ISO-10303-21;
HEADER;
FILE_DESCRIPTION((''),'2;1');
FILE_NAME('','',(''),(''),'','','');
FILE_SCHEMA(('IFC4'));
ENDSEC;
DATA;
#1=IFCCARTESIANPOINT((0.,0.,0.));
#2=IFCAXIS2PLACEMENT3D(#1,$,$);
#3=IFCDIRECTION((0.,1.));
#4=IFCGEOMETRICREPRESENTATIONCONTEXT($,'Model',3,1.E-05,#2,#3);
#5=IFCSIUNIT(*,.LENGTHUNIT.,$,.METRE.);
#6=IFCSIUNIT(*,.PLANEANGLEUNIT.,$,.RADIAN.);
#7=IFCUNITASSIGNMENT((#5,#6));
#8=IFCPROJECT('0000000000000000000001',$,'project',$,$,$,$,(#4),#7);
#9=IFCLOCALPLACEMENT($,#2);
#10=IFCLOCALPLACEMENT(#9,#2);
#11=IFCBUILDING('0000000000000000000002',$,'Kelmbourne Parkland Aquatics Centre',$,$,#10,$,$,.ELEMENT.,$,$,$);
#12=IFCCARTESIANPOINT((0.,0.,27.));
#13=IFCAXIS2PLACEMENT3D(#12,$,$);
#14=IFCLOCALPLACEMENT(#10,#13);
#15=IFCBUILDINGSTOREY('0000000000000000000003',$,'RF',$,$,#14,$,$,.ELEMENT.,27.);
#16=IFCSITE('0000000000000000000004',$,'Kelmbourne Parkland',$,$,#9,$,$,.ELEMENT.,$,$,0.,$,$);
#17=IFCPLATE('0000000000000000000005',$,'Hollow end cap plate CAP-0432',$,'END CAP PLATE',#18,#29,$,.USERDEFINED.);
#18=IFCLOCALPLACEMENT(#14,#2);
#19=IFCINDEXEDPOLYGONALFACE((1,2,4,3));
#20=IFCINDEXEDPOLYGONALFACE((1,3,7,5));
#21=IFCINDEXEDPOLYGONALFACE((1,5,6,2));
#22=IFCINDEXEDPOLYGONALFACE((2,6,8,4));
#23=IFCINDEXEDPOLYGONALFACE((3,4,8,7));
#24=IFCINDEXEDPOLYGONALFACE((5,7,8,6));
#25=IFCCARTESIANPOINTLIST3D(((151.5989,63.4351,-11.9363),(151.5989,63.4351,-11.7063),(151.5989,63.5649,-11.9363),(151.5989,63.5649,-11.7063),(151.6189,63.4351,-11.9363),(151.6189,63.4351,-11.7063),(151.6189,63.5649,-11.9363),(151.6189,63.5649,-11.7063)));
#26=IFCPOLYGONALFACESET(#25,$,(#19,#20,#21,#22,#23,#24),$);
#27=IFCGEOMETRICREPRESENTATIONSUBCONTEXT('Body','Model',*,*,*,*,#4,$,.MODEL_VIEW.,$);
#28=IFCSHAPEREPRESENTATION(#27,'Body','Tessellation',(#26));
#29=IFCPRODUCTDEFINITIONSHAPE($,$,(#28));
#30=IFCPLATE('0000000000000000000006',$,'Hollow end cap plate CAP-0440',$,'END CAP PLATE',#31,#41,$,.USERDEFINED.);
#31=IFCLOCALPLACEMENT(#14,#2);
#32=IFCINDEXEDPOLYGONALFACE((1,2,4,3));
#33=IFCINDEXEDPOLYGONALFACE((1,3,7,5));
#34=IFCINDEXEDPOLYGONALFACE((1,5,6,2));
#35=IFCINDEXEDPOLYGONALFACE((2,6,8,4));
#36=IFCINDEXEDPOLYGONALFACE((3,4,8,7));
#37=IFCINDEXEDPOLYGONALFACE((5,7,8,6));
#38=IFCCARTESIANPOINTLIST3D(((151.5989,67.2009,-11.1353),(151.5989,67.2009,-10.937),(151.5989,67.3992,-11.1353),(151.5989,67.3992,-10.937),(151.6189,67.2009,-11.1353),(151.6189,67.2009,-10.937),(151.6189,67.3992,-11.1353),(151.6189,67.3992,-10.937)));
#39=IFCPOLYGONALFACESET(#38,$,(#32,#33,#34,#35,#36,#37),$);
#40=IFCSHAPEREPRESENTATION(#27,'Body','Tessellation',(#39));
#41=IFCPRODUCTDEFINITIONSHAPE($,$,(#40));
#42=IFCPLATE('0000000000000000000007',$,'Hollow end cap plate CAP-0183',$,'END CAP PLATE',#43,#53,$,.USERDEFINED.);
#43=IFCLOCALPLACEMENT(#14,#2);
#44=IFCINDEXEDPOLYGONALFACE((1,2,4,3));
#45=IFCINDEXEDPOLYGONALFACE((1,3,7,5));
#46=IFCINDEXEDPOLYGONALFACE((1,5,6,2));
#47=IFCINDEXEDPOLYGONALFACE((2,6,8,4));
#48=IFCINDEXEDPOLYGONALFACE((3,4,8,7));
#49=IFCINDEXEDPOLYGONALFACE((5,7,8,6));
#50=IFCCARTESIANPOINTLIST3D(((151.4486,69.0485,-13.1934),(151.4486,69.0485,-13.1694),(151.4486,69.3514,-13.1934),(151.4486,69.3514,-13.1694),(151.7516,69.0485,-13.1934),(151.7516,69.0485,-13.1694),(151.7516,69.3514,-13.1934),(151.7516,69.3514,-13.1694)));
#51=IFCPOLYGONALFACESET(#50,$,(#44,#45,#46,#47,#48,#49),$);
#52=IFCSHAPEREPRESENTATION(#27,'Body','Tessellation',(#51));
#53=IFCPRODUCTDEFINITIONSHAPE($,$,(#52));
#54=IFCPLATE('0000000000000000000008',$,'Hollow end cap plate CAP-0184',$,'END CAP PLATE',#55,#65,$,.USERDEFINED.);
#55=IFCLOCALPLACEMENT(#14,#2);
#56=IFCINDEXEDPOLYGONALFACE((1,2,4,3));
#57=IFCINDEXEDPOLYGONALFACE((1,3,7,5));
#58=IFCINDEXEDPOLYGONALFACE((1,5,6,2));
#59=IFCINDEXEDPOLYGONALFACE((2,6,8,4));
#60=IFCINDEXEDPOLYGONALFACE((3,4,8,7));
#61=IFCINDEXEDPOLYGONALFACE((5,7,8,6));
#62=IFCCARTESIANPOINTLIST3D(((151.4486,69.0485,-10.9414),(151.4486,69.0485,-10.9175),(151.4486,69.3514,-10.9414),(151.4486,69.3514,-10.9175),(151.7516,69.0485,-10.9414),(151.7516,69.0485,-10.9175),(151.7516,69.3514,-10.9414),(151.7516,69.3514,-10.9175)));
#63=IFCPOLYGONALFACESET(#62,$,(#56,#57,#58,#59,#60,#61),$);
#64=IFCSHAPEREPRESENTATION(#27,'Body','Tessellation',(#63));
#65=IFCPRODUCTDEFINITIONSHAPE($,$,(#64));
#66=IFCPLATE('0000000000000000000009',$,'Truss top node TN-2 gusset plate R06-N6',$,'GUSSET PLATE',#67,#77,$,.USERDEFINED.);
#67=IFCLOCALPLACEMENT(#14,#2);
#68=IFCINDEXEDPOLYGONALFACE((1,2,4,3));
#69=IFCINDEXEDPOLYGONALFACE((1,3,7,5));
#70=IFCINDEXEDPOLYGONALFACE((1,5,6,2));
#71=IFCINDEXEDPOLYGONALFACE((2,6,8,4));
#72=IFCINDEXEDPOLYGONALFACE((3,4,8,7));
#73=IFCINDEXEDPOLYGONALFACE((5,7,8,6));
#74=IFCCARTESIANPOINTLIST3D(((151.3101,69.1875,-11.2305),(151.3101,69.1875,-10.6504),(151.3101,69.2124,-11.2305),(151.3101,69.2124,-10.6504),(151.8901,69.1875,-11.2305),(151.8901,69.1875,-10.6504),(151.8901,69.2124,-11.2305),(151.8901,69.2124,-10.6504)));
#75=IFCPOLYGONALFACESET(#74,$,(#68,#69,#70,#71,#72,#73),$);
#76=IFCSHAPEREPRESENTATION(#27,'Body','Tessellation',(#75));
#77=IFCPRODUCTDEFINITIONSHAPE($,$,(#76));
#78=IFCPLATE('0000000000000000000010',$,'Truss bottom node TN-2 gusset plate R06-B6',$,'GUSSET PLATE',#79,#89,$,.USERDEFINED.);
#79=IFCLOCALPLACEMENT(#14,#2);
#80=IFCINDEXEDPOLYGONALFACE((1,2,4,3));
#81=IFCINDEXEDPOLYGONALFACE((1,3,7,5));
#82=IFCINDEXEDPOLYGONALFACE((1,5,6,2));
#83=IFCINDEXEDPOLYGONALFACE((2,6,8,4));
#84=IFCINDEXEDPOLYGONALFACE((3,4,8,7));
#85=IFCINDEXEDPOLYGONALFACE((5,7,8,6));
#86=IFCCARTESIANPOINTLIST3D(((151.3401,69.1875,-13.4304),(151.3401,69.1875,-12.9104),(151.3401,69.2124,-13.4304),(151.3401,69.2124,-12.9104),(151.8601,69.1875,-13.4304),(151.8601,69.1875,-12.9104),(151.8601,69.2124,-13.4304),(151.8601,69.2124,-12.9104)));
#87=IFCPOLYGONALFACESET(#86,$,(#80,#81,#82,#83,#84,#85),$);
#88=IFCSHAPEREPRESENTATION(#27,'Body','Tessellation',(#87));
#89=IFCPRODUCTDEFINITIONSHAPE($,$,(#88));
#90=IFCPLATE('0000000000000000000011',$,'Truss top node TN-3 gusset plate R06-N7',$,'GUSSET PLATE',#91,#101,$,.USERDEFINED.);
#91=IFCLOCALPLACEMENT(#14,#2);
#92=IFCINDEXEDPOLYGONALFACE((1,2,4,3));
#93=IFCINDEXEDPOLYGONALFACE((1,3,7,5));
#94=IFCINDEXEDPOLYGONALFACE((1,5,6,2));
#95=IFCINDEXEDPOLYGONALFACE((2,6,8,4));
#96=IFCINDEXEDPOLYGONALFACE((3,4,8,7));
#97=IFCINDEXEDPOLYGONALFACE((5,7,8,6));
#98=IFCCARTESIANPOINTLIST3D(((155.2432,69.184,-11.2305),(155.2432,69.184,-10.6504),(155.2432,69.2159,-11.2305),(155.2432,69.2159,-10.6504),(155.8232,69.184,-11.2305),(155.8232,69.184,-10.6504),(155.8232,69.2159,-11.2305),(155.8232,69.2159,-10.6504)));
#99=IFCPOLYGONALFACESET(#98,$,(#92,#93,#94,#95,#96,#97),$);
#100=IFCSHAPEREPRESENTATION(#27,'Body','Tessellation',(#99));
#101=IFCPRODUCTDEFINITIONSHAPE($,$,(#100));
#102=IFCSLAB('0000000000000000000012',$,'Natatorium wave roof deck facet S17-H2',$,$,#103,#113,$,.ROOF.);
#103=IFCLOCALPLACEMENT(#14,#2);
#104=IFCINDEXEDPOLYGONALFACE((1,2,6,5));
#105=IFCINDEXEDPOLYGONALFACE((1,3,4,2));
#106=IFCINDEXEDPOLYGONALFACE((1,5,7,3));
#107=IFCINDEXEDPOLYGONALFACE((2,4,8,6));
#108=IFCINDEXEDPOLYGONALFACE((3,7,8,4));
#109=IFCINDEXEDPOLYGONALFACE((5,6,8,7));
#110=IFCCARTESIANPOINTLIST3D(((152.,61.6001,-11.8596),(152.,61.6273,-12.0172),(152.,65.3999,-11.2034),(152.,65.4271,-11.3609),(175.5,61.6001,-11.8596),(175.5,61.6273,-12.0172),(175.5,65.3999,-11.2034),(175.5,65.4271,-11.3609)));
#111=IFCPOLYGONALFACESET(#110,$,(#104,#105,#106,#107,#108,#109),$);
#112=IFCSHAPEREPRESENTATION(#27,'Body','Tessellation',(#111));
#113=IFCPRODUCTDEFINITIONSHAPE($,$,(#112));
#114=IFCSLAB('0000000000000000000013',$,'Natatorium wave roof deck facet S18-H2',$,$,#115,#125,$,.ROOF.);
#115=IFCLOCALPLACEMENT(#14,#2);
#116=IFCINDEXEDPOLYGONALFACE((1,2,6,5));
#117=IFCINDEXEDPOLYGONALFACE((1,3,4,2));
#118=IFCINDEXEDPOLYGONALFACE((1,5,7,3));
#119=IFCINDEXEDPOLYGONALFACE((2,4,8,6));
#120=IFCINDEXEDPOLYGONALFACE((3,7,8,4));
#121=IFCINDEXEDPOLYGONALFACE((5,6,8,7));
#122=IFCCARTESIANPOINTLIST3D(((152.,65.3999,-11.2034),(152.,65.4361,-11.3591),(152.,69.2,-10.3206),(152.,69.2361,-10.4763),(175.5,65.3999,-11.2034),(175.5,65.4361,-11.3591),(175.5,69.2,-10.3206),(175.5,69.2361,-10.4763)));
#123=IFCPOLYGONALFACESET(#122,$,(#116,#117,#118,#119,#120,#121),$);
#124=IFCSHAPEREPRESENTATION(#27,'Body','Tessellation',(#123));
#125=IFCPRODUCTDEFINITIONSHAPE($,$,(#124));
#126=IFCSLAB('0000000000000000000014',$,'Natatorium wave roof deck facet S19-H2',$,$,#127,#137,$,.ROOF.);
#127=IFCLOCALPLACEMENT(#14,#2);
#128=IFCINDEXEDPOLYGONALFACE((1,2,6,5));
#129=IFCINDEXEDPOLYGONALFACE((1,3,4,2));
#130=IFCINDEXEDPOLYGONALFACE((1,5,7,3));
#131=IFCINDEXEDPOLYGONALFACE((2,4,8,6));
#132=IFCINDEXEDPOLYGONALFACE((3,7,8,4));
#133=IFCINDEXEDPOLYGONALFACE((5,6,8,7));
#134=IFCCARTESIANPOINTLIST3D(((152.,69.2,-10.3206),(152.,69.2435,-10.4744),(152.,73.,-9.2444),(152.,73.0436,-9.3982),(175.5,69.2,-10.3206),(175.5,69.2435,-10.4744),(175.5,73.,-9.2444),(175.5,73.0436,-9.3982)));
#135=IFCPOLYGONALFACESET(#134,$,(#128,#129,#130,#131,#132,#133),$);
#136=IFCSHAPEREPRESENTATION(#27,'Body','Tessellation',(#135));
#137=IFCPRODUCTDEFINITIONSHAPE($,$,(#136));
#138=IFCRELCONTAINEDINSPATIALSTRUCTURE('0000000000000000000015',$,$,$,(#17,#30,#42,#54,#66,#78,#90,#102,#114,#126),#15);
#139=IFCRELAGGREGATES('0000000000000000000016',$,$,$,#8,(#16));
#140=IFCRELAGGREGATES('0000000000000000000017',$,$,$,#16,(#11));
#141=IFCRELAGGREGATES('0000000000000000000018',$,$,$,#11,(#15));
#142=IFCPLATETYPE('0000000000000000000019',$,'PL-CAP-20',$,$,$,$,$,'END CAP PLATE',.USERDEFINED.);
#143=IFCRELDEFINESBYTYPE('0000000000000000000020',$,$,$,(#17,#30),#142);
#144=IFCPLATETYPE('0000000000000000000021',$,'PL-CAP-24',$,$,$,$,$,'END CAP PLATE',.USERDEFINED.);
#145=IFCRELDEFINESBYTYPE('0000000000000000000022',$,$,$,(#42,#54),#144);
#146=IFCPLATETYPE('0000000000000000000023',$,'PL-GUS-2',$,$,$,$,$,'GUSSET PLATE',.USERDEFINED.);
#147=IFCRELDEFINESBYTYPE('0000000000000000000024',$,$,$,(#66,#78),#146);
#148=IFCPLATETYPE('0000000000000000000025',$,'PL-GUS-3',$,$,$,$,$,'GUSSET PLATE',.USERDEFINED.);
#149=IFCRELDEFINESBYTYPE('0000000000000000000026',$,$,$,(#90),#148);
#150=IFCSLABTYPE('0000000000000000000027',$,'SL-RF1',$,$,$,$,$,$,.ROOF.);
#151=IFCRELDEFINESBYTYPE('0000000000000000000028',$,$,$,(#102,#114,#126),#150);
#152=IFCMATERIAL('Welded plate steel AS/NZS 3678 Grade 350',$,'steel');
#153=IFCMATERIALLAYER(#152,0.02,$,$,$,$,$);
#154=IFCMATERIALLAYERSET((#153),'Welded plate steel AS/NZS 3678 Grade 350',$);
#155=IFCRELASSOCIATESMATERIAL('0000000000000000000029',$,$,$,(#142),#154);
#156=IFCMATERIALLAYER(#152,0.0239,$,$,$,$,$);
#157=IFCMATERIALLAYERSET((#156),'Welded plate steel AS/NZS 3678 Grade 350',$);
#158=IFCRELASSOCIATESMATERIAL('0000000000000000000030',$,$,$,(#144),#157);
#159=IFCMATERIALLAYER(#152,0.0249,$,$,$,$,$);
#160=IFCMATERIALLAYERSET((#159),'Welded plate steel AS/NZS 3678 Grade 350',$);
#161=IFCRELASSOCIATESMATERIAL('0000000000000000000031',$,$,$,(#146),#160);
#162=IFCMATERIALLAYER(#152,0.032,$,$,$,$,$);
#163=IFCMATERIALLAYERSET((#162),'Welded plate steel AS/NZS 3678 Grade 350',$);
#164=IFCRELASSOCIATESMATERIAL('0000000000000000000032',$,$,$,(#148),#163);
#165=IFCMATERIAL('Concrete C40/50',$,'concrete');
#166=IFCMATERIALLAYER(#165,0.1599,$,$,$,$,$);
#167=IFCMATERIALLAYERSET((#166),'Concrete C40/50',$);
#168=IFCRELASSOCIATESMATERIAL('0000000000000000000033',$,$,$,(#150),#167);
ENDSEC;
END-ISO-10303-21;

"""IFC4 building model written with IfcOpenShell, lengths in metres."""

from ifc_helpers import new_model, si_unit, direction, frame, origin, origin_2d, place, context, subcontext, project, spatial, polyline, rectangle, outline, extrude, material, layer, layer_set, type_object, element, save


model = new_model("IFC4")

# Units and contexts
model_context = context("Model", 3, precision=1e-05, world=origin(), true_north=direction((0.0, 1.0)))
body_context = subcontext(model_context, "Body", "Model", "MODEL_VIEW")
ifc_project = project(units=[si_unit("LENGTHUNIT", "METRE"), si_unit("PLANEANGLEUNIT", "RADIAN")], contexts=[model_context])

# Site, building, storey
site_placement = place(None, origin())
site = spatial("IfcSite", under=ifc_project, at=site_placement, Name="Kelmbourne Parkland", CompositionType="ELEMENT", RefElevation=0.0)
building_placement = place(site_placement, origin())
building = spatial("IfcBuilding", under=site, at=building_placement, Name="Kelmbourne Parkland Aquatics Centre", CompositionType="ELEMENT")
storey_placement = place(building_placement, frame((0.0, 0.0, 27.0)))
storey = spatial("IfcBuildingStorey", under=building, at=storey_placement, Name="RF", CompositionType="ELEMENT", Elevation=27.0)

# Shared definitions
ifc_material_1 = material(Name="Welded plate steel AS/NZS 3678 Grade 350", Category="steel")

# Plates
ifc_layer_1 = layer(ifc_material_1, 0.02)
ifc_layer_set_1 = layer_set([ifc_layer_1], Name="Welded plate steel AS/NZS 3678 Grade 350")
plate_type_1 = type_object("IfcPlateType", Name="PL-CAP-20", ElementType="END CAP PLATE", PredefinedType="USERDEFINED", material=ifc_layer_set_1)
plate_1_placement = place(storey_placement, frame((151.6089, 63.5, -11.9363), z_axis=(0.0, 0.0, 1.0), x_axis=(1.0, 0.0, 0.0)))
element("IfcPlate", 1, at=plate_1_placement, inside=storey, type_object=plate_type_1, Name="Hollow end cap plate CAP-0432", ObjectType="END CAP PLATE", PredefinedType="USERDEFINED", context=body_context, shape_type="SweptSolid", body=[
    extrude(rectangle(XDim=0.02, YDim=0.1299, at=origin_2d()), origin(), (0.0, 0.0, 1.0), 0.23),
])
plate_2_placement = place(storey_placement, frame((151.6089, 67.3, -11.1353), z_axis=(0.0, 0.0, 1.0), x_axis=(1.0, 0.0, 0.0)))
element("IfcPlate", 2, at=plate_2_placement, inside=storey, type_object=plate_type_1, Name="Hollow end cap plate CAP-0440", ObjectType="END CAP PLATE", PredefinedType="USERDEFINED", context=body_context, shape_type="SweptSolid", body=[
    extrude(rectangle(XDim=0.02, YDim=0.1982, at=origin_2d()), origin(), (0.0, 0.0, 1.0), 0.1982),
])
ifc_layer_2 = layer(ifc_material_1, 0.0239)
ifc_layer_set_2 = layer_set([ifc_layer_2], Name="Welded plate steel AS/NZS 3678 Grade 350")
plate_type_2 = type_object("IfcPlateType", Name="PL-CAP-24", ElementType="END CAP PLATE", PredefinedType="USERDEFINED", material=ifc_layer_set_2)
for number, where, z_axis, x_axis, name in (
    (3, (151.6001, 69.2, -13.1934), (0.0, 0.0, 1.0), (1.0, 0.0, 0.0), "Hollow end cap plate CAP-0183"),
    (4, (151.6001, 69.2, -10.9414), (0.0, 0.0, 1.0), (1.0, 0.0, 0.0), "Hollow end cap plate CAP-0184"),
):
    element("IfcPlate", number, at=place(storey_placement, frame(where, z_axis=z_axis, x_axis=x_axis)), inside=storey, type_object=plate_type_2, Name=name, ObjectType="END CAP PLATE", PredefinedType="USERDEFINED", context=body_context, shape_type="SweptSolid", body=[
        extrude(rectangle(XDim=0.303, YDim=0.303, at=origin_2d()), origin(), (0.0, 0.0, 1.0), 0.0239),
    ])
ifc_layer_3 = layer(ifc_material_1, 0.0249)
ifc_layer_set_3 = layer_set([ifc_layer_3], Name="Welded plate steel AS/NZS 3678 Grade 350")
plate_type_3 = type_object("IfcPlateType", Name="PL-GUS-2", ElementType="GUSSET PLATE", PredefinedType="USERDEFINED", material=ifc_layer_set_3)
plate_3_placement = place(storey_placement, frame((151.6001, 69.2, -11.2305), z_axis=(0.0, 0.0, 1.0), x_axis=(1.0, 0.0, 0.0)))
element("IfcPlate", 5, at=plate_3_placement, inside=storey, type_object=plate_type_3, Name="Truss top node TN-2 gusset plate R06-N6", ObjectType="GUSSET PLATE", PredefinedType="USERDEFINED", context=body_context, shape_type="SweptSolid", body=[
    extrude(rectangle(XDim=0.5801, YDim=0.0249, at=origin_2d()), origin(), (0.0, 0.0, 1.0), 0.5801),
])
plate_4_placement = place(storey_placement, frame((151.6001, 69.2, -13.4304), z_axis=(0.0, 0.0, 1.0), x_axis=(1.0, 0.0, 0.0)))
element("IfcPlate", 6, at=plate_4_placement, inside=storey, type_object=plate_type_3, Name="Truss bottom node TN-2 gusset plate R06-B6", ObjectType="GUSSET PLATE", PredefinedType="USERDEFINED", context=body_context, shape_type="SweptSolid", body=[
    extrude(rectangle(XDim=0.52, YDim=0.0249, at=origin_2d()), origin(), (0.0, 0.0, 1.0), 0.52),
])
ifc_layer_4 = layer(ifc_material_1, 0.032)
ifc_layer_set_4 = layer_set([ifc_layer_4], Name="Welded plate steel AS/NZS 3678 Grade 350")
plate_type_4 = type_object("IfcPlateType", Name="PL-GUS-3", ElementType="GUSSET PLATE", PredefinedType="USERDEFINED", material=ifc_layer_set_4)
plate_5_placement = place(storey_placement, frame((155.5332, 69.2, -11.2305), z_axis=(0.0, 0.0, 1.0), x_axis=(1.0, 0.0, 0.0)))
element("IfcPlate", 7, at=plate_5_placement, inside=storey, type_object=plate_type_4, Name="Truss top node TN-3 gusset plate R06-N7", ObjectType="GUSSET PLATE", PredefinedType="USERDEFINED", context=body_context, shape_type="SweptSolid", body=[
    extrude(rectangle(XDim=0.5801, YDim=0.032, at=origin_2d()), origin(), (0.0, 0.0, 1.0), 0.5801),
])

# Slabs
ifc_material_2 = material(Name="Concrete C40/50", Category="concrete")
ifc_layer_5 = layer(ifc_material_2, 0.1599)
ifc_layer_set_5 = layer_set([ifc_layer_5], Name="Concrete C40/50")
slab_type = type_object("IfcSlabType", Name="SL-RF1", PredefinedType="ROOF", material=ifc_layer_set_5)
slab_1_placement = place(storey_placement, frame((152.0, 61.6001, -11.8596), z_axis=(0.0, -0.170187, 0.985412), x_axis=(1.0, 0.0, 0.0)))
element("IfcSlab", 8, at=slab_1_placement, inside=storey, type_object=slab_type, Name="Natatorium wave roof deck facet S17-H2", PredefinedType="ROOF", context=body_context, shape_type="SweptSolid", body=[
    extrude(outline(polyline([(0.0, 0.0), (23.5, 0.0), (23.5, 3.8561), (0.0, 3.8561), (0.0, 0.0)])), origin(), (0.0, 0.0, -1.0), 0.1599),
])
slab_2_placement = place(storey_placement, frame((152.0, 65.3999, -11.2034), z_axis=(0.0, -0.22629, 0.97406), x_axis=(1.0, 0.0, 0.0)))
element("IfcSlab", 9, at=slab_2_placement, inside=storey, type_object=slab_type, Name="Natatorium wave roof deck facet S18-H2", PredefinedType="ROOF", context=body_context, shape_type="SweptSolid", body=[
    extrude(outline(polyline([(0.0, 0.0), (23.5, 0.0), (23.5, 3.9012), (0.0, 3.9012), (0.0, 0.0)])), origin(), (0.0, 0.0, -1.0), 0.1599),
])
slab_3_placement = place(storey_placement, frame((152.0, 69.2, -10.3206), z_axis=(0.0, -0.272483, 0.96216), x_axis=(1.0, 0.0, 0.0)))
element("IfcSlab", 10, at=slab_3_placement, inside=storey, type_object=slab_type, Name="Natatorium wave roof deck facet S19-H2", PredefinedType="ROOF", context=body_context, shape_type="SweptSolid", body=[
    extrude(outline(polyline([(0.0, 0.0), (23.5, 0.0), (23.5, 3.9495), (0.0, 3.9495), (0.0, 0.0)])), origin(), (0.0, 0.0, -1.0), 0.1599),
])

save(model, "model.ifc")
